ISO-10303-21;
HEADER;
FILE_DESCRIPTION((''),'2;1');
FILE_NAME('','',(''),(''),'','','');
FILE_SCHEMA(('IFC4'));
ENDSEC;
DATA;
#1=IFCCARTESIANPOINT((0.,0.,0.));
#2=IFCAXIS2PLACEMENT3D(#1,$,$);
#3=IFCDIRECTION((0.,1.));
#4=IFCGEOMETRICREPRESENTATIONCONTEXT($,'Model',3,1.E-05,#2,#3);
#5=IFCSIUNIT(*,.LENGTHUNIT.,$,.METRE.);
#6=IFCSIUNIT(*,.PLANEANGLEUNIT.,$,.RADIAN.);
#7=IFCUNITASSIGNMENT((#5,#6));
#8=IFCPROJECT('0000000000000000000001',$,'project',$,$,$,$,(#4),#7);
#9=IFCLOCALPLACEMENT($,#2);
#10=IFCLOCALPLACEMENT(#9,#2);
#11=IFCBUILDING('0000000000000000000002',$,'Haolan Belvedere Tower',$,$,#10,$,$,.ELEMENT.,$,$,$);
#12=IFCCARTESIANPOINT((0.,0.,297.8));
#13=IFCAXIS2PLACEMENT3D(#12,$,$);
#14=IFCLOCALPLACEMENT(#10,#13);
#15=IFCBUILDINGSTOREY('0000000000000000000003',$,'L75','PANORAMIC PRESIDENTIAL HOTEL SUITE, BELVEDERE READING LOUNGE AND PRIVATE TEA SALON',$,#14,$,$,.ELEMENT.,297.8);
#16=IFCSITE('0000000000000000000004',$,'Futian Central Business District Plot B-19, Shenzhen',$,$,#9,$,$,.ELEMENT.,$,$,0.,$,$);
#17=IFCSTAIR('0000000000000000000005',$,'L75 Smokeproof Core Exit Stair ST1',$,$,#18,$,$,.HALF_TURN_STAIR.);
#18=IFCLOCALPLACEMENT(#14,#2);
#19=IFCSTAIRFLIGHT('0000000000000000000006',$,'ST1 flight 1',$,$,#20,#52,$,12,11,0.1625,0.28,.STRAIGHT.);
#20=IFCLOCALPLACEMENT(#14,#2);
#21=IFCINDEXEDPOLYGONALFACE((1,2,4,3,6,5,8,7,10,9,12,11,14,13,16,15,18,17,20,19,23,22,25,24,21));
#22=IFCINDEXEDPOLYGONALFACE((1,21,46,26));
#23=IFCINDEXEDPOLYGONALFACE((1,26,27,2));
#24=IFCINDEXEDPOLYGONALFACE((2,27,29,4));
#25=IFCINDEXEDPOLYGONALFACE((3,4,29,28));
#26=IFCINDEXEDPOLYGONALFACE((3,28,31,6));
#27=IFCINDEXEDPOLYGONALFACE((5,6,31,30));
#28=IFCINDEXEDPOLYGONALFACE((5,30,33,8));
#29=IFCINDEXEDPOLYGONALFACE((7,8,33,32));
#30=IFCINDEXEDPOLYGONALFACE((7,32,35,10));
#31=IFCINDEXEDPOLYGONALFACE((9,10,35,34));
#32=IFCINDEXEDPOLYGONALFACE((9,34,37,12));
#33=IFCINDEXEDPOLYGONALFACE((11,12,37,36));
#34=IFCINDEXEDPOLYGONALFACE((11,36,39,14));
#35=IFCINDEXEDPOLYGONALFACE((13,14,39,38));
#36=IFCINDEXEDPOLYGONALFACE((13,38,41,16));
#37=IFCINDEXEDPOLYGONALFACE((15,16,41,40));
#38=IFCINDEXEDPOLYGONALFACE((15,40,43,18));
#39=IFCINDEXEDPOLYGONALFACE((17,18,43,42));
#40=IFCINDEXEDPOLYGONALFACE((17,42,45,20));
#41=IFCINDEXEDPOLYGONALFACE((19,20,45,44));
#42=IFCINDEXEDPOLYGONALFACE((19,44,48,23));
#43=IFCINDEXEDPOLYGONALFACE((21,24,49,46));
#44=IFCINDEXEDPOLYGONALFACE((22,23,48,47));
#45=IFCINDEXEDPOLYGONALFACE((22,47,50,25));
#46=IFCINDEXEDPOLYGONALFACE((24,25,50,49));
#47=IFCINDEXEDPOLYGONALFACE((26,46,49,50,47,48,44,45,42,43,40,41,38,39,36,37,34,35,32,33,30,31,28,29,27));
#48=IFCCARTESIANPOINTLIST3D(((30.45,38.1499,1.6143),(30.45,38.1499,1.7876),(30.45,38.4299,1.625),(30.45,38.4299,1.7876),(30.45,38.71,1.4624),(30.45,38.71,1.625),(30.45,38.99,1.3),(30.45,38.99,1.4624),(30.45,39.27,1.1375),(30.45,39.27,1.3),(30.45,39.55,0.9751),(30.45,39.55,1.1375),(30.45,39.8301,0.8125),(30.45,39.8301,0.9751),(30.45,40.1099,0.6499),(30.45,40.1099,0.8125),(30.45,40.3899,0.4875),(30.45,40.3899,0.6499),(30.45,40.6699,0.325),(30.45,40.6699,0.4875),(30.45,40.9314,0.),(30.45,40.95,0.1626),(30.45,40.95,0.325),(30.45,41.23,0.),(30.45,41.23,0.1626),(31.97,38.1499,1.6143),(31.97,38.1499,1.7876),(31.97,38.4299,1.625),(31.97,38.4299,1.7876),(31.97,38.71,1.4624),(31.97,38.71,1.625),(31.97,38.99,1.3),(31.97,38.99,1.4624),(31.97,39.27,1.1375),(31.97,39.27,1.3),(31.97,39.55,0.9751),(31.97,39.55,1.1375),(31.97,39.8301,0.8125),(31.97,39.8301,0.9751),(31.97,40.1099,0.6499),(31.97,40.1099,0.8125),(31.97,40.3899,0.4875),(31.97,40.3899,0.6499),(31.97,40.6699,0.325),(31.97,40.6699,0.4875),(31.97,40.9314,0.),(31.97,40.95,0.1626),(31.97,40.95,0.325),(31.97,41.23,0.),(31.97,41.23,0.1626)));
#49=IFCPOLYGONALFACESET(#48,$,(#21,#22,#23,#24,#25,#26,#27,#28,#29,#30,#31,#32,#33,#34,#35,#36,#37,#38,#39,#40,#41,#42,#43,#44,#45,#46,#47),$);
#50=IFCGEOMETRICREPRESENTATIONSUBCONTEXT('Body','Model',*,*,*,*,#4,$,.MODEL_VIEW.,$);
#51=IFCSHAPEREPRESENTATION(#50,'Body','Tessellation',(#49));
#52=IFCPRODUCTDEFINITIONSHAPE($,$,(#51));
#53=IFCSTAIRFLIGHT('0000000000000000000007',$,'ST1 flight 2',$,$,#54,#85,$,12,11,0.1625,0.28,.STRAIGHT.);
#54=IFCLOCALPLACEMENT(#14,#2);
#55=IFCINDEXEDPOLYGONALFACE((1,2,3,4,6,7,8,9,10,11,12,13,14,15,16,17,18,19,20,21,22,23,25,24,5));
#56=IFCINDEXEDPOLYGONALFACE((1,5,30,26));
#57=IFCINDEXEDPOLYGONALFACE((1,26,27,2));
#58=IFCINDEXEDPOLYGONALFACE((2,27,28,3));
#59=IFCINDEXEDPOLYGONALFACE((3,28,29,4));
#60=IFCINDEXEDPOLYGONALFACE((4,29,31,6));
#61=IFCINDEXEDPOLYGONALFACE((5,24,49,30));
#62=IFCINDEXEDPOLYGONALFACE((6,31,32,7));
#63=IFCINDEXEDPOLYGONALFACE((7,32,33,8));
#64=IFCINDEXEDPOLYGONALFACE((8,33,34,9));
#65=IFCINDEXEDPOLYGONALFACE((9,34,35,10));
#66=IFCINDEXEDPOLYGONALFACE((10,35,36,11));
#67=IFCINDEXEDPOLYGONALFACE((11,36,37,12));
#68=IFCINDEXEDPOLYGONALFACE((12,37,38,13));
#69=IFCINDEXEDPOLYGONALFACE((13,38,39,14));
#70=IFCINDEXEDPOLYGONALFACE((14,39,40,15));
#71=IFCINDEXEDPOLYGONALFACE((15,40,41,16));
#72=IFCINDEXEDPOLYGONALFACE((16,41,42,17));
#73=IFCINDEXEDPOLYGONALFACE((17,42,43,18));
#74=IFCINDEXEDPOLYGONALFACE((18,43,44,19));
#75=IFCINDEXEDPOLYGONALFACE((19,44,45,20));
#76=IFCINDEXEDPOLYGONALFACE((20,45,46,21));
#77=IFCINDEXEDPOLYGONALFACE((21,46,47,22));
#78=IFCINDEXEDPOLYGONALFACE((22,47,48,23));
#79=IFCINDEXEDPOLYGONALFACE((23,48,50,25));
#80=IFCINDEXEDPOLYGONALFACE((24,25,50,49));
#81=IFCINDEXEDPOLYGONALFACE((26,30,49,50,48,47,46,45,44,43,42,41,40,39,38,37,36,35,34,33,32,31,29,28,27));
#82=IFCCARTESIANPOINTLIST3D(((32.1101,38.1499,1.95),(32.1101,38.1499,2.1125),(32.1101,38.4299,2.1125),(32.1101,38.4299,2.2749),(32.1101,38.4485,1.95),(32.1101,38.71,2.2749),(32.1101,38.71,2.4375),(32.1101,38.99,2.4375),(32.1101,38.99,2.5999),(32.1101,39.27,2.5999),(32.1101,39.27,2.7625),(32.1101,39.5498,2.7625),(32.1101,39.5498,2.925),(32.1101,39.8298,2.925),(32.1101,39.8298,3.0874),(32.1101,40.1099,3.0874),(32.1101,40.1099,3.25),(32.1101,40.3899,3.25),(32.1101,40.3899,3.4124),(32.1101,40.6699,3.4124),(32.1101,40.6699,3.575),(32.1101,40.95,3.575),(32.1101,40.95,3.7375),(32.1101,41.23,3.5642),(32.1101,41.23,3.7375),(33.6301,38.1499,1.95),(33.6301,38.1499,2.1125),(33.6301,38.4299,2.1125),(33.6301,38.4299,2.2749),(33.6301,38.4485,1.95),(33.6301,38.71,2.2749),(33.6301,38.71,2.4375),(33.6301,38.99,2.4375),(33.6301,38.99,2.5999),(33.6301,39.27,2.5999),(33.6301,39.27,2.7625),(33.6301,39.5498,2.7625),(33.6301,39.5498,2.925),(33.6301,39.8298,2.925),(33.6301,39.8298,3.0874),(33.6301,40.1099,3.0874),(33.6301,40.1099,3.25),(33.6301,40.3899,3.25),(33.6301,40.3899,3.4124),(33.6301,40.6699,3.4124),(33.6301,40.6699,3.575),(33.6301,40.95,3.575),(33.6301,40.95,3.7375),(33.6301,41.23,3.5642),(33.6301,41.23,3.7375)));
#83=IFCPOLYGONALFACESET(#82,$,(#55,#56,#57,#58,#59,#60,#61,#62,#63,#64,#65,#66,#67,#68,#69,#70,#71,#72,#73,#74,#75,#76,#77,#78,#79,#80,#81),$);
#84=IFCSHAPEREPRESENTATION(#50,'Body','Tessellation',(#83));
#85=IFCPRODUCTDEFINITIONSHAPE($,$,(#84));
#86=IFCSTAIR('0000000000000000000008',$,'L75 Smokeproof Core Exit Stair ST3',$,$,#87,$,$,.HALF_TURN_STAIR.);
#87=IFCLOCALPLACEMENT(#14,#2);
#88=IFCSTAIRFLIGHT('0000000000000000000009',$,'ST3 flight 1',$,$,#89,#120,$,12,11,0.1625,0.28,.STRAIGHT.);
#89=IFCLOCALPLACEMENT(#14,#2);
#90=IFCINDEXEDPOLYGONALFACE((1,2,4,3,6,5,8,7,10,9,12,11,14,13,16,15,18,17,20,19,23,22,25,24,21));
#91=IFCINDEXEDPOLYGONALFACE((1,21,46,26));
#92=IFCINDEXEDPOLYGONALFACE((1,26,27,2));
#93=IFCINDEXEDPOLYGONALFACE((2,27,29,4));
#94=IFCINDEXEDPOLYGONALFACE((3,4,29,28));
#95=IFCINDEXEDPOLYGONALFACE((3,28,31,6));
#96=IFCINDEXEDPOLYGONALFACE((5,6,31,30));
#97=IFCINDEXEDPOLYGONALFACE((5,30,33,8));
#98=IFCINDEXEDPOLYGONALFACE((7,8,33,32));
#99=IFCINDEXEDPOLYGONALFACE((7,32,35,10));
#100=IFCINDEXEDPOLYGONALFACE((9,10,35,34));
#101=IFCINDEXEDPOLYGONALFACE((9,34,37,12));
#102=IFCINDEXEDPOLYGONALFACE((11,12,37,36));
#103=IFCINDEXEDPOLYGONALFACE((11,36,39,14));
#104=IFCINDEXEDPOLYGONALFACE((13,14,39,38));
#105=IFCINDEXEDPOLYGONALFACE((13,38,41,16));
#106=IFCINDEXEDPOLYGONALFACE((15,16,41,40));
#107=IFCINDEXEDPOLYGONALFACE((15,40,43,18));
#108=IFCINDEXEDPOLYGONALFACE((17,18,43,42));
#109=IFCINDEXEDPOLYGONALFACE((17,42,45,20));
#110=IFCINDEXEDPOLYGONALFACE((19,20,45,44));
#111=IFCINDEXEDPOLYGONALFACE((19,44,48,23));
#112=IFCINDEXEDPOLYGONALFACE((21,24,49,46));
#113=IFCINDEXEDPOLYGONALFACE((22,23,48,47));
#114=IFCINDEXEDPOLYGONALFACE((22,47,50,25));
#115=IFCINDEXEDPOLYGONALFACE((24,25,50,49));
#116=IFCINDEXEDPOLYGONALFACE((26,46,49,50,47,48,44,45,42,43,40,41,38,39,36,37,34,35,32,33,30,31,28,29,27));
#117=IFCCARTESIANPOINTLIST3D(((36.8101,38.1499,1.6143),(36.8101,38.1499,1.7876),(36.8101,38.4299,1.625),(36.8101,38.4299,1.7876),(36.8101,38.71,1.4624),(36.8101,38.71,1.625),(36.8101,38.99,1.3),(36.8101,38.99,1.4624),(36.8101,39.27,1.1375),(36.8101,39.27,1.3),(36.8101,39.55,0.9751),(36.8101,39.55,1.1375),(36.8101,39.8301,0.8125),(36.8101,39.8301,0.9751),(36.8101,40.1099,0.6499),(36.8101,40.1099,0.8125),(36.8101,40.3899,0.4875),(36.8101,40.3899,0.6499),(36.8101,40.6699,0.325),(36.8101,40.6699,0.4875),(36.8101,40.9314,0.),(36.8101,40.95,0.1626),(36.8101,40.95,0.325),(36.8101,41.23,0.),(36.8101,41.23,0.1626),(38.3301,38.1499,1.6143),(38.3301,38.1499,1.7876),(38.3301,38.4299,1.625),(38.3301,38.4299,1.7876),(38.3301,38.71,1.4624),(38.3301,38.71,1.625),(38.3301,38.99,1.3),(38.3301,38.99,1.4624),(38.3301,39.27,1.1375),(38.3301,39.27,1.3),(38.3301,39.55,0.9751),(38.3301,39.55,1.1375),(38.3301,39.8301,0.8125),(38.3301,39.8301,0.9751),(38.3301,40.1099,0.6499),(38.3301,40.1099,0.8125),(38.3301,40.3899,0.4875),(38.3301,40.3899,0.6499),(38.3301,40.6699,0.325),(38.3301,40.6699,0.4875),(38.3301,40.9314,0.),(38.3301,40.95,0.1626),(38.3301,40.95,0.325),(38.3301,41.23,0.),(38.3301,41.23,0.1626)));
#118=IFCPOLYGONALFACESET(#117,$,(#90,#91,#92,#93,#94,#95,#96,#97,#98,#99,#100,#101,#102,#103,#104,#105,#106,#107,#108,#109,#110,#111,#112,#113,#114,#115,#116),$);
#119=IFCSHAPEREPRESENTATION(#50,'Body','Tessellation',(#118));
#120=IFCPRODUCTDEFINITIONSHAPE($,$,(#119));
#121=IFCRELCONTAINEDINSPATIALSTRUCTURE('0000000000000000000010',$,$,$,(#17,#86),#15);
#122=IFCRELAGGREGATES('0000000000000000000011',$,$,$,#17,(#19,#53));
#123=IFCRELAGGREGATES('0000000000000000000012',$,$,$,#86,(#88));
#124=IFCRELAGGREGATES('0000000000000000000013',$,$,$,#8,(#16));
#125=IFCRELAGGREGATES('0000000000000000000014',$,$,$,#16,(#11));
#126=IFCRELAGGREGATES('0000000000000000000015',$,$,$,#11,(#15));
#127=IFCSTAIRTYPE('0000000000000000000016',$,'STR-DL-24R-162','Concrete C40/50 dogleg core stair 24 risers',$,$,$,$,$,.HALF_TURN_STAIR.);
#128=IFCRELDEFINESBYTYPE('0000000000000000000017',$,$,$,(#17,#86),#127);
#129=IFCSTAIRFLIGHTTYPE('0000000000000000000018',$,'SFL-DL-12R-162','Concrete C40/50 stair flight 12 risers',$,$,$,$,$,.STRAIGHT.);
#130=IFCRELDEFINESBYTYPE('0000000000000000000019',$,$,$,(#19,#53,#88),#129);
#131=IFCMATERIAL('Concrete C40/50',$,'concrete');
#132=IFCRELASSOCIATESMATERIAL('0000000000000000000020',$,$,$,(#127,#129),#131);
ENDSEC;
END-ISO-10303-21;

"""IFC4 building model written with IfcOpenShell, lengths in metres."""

from ifc_helpers import new_model, si_unit, direction, frame, origin, place, context, subcontext, project, spatial, polyline, outline, extrude, material, type_object, element, aggregate, save


model = new_model("IFC4")

# Units and contexts
model_context = context("Model", 3, precision=1e-05, world=origin(), true_north=direction((0.0, 1.0)))
body_context = subcontext(model_context, "Body", "Model", "MODEL_VIEW")
ifc_project = project(units=[si_unit("LENGTHUNIT", "METRE"), si_unit("PLANEANGLEUNIT", "RADIAN")], contexts=[model_context])

# Site, building, storey
site_placement = place(None, origin())
site = spatial("IfcSite", under=ifc_project, at=site_placement, Name="Futian Central Business District Plot B-19, Shenzhen", CompositionType="ELEMENT", RefElevation=0.0)
building_placement = place(site_placement, origin())
building = spatial("IfcBuilding", under=site, at=building_placement, Name="Haolan Belvedere Tower", CompositionType="ELEMENT")
storey_placement = place(building_placement, frame((0.0, 0.0, 297.8)))
storey = spatial("IfcBuildingStorey", under=building, at=storey_placement, Name="L75", Description="PANORAMIC PRESIDENTIAL HOTEL SUITE, BELVEDERE READING LOUNGE AND PRIVATE TEA SALON", CompositionType="ELEMENT", Elevation=297.8)

# Stair, stair flights
ifc_material_1 = material(Name="Concrete C40/50", Category="concrete")
stair_type = type_object("IfcStairType", Name="STR-DL-24R-162", Description="Concrete C40/50 dogleg core stair 24 risers", PredefinedType="HALF_TURN_STAIR", material=ifc_material_1)
stair_1_placement = place(storey_placement, origin())
stair_1 = element("IfcStair", 1, at=stair_1_placement, inside=storey, type_object=stair_type, Name="L75 Smokeproof Core Exit Stair ST1", PredefinedType="HALF_TURN_STAIR")
stair_flight_type = type_object("IfcStairFlightType", Name="SFL-DL-12R-162", Description="Concrete C40/50 stair flight 12 risers", PredefinedType="STRAIGHT", material=ifc_material_1)
stair_flight_1_placement = place(storey_placement, frame((31.21, 41.23, 0.0), z_axis=(0.0, 0.0, 1.0), x_axis=(0.0, -1.0, 0.0)))
stair_flight_1 = element("IfcStairFlight", 2, at=stair_flight_1_placement, type_object=stair_flight_type, Name="ST1 flight 1", NumberOfRisers=12, NumberOfTreads=11, PredefinedType="STRAIGHT", RiserHeight=0.1625, TreadLength=0.28, context=body_context, shape_type="SweptSolid", body=[
    extrude(outline(polyline([(0.0, 0.0), (0.0, 0.1626), (0.28, 0.1626), (0.28, 0.325), (0.5601, 0.325), (0.5601, 0.4875), (0.8401, 0.4875), (0.8401, 0.6499), (1.1201, 0.6499), (1.1201, 0.8125), (1.3999, 0.8125), (1.3999, 0.9751), (1.6799, 0.9751), (1.6799, 1.1375), (1.96, 1.1375), (1.96, 1.3), (2.24, 1.3), (2.24, 1.4624), (2.52, 1.4624), (2.52, 1.625), (2.8, 1.625), (2.8, 1.7876), (3.0801, 1.7876), (3.0801, 1.95), (3.0801, 1.6143), (0.2986, 0.0), (0.0, 0.0)])), frame((0.0, 0.76, 0.0), z_axis=(0.0, -1.0, 0.0), x_axis=(1.0, 0.0, 0.0)), (0.0, 0.0, 1.0), 1.52),
])
stair_flight_2_placement = place(storey_placement, frame((32.8701, 38.1499, 1.95), z_axis=(0.0, 0.0, 1.0), x_axis=(0.0, 1.0, 0.0)))
stair_flight_2 = element("IfcStairFlight", 3, at=stair_flight_2_placement, type_object=stair_flight_type, Name="ST1 flight 2", NumberOfRisers=12, NumberOfTreads=11, PredefinedType="STRAIGHT", RiserHeight=0.1625, TreadLength=0.28, context=body_context, shape_type="SweptSolid", body=[
    extrude(outline(polyline([(0.0, 0.0), (0.0, 0.1626), (0.28, 0.1626), (0.28, 0.325), (0.5601, 0.325), (0.5601, 0.4875), (0.8401, 0.4875), (0.8401, 0.6499), (1.1201, 0.6499), (1.1201, 0.8125), (1.3999, 0.8125), (1.3999, 0.9751), (1.6799, 0.9751), (1.6799, 1.1375), (1.96, 1.1375), (1.96, 1.3), (2.24, 1.3), (2.24, 1.4624), (2.52, 1.4624), (2.52, 1.625), (2.8, 1.625), (2.8, 1.7876), (3.0801, 1.7876), (3.0801, 1.95), (3.0801, 1.6143), (0.2986, 0.0), (0.0, 0.0)])), frame((0.0, 0.76, 0.0), z_axis=(0.0, -1.0, 0.0), x_axis=(1.0, 0.0, 0.0)), (0.0, 0.0, 1.0), 1.52),
])
aggregate(stair_1, [stair_flight_1, stair_flight_2])

# Stair, stair flight
stair_2_placement = place(storey_placement, origin())
stair_2 = element("IfcStair", 4, at=stair_2_placement, inside=storey, type_object=stair_type, Name="L75 Smokeproof Core Exit Stair ST3", PredefinedType="HALF_TURN_STAIR")
stair_flight_3_placement = place(storey_placement, frame((37.5701, 41.23, 0.0), z_axis=(0.0, 0.0, 1.0), x_axis=(0.0, -1.0, 0.0)))
stair_flight_3 = element("IfcStairFlight", 5, at=stair_flight_3_placement, type_object=stair_flight_type, Name="ST3 flight 1", NumberOfRisers=12, NumberOfTreads=11, PredefinedType="STRAIGHT", RiserHeight=0.1625, TreadLength=0.28, context=body_context, shape_type="SweptSolid", body=[
    extrude(outline(polyline([(0.0, 0.0), (0.0, 0.1626), (0.28, 0.1626), (0.28, 0.325), (0.5601, 0.325), (0.5601, 0.4875), (0.8401, 0.4875), (0.8401, 0.6499), (1.1201, 0.6499), (1.1201, 0.8125), (1.3999, 0.8125), (1.3999, 0.9751), (1.6799, 0.9751), (1.6799, 1.1375), (1.96, 1.1375), (1.96, 1.3), (2.24, 1.3), (2.24, 1.4624), (2.52, 1.4624), (2.52, 1.625), (2.8, 1.625), (2.8, 1.7876), (3.0801, 1.7876), (3.0801, 1.95), (3.0801, 1.6143), (0.2986, 0.0), (0.0, 0.0)])), frame((0.0, 0.76, 0.0), z_axis=(0.0, -1.0, 0.0), x_axis=(1.0, 0.0, 0.0)), (0.0, 0.0, 1.0), 1.52),
])
aggregate(stair_2, [stair_flight_3])

save(model, "model.ifc")
